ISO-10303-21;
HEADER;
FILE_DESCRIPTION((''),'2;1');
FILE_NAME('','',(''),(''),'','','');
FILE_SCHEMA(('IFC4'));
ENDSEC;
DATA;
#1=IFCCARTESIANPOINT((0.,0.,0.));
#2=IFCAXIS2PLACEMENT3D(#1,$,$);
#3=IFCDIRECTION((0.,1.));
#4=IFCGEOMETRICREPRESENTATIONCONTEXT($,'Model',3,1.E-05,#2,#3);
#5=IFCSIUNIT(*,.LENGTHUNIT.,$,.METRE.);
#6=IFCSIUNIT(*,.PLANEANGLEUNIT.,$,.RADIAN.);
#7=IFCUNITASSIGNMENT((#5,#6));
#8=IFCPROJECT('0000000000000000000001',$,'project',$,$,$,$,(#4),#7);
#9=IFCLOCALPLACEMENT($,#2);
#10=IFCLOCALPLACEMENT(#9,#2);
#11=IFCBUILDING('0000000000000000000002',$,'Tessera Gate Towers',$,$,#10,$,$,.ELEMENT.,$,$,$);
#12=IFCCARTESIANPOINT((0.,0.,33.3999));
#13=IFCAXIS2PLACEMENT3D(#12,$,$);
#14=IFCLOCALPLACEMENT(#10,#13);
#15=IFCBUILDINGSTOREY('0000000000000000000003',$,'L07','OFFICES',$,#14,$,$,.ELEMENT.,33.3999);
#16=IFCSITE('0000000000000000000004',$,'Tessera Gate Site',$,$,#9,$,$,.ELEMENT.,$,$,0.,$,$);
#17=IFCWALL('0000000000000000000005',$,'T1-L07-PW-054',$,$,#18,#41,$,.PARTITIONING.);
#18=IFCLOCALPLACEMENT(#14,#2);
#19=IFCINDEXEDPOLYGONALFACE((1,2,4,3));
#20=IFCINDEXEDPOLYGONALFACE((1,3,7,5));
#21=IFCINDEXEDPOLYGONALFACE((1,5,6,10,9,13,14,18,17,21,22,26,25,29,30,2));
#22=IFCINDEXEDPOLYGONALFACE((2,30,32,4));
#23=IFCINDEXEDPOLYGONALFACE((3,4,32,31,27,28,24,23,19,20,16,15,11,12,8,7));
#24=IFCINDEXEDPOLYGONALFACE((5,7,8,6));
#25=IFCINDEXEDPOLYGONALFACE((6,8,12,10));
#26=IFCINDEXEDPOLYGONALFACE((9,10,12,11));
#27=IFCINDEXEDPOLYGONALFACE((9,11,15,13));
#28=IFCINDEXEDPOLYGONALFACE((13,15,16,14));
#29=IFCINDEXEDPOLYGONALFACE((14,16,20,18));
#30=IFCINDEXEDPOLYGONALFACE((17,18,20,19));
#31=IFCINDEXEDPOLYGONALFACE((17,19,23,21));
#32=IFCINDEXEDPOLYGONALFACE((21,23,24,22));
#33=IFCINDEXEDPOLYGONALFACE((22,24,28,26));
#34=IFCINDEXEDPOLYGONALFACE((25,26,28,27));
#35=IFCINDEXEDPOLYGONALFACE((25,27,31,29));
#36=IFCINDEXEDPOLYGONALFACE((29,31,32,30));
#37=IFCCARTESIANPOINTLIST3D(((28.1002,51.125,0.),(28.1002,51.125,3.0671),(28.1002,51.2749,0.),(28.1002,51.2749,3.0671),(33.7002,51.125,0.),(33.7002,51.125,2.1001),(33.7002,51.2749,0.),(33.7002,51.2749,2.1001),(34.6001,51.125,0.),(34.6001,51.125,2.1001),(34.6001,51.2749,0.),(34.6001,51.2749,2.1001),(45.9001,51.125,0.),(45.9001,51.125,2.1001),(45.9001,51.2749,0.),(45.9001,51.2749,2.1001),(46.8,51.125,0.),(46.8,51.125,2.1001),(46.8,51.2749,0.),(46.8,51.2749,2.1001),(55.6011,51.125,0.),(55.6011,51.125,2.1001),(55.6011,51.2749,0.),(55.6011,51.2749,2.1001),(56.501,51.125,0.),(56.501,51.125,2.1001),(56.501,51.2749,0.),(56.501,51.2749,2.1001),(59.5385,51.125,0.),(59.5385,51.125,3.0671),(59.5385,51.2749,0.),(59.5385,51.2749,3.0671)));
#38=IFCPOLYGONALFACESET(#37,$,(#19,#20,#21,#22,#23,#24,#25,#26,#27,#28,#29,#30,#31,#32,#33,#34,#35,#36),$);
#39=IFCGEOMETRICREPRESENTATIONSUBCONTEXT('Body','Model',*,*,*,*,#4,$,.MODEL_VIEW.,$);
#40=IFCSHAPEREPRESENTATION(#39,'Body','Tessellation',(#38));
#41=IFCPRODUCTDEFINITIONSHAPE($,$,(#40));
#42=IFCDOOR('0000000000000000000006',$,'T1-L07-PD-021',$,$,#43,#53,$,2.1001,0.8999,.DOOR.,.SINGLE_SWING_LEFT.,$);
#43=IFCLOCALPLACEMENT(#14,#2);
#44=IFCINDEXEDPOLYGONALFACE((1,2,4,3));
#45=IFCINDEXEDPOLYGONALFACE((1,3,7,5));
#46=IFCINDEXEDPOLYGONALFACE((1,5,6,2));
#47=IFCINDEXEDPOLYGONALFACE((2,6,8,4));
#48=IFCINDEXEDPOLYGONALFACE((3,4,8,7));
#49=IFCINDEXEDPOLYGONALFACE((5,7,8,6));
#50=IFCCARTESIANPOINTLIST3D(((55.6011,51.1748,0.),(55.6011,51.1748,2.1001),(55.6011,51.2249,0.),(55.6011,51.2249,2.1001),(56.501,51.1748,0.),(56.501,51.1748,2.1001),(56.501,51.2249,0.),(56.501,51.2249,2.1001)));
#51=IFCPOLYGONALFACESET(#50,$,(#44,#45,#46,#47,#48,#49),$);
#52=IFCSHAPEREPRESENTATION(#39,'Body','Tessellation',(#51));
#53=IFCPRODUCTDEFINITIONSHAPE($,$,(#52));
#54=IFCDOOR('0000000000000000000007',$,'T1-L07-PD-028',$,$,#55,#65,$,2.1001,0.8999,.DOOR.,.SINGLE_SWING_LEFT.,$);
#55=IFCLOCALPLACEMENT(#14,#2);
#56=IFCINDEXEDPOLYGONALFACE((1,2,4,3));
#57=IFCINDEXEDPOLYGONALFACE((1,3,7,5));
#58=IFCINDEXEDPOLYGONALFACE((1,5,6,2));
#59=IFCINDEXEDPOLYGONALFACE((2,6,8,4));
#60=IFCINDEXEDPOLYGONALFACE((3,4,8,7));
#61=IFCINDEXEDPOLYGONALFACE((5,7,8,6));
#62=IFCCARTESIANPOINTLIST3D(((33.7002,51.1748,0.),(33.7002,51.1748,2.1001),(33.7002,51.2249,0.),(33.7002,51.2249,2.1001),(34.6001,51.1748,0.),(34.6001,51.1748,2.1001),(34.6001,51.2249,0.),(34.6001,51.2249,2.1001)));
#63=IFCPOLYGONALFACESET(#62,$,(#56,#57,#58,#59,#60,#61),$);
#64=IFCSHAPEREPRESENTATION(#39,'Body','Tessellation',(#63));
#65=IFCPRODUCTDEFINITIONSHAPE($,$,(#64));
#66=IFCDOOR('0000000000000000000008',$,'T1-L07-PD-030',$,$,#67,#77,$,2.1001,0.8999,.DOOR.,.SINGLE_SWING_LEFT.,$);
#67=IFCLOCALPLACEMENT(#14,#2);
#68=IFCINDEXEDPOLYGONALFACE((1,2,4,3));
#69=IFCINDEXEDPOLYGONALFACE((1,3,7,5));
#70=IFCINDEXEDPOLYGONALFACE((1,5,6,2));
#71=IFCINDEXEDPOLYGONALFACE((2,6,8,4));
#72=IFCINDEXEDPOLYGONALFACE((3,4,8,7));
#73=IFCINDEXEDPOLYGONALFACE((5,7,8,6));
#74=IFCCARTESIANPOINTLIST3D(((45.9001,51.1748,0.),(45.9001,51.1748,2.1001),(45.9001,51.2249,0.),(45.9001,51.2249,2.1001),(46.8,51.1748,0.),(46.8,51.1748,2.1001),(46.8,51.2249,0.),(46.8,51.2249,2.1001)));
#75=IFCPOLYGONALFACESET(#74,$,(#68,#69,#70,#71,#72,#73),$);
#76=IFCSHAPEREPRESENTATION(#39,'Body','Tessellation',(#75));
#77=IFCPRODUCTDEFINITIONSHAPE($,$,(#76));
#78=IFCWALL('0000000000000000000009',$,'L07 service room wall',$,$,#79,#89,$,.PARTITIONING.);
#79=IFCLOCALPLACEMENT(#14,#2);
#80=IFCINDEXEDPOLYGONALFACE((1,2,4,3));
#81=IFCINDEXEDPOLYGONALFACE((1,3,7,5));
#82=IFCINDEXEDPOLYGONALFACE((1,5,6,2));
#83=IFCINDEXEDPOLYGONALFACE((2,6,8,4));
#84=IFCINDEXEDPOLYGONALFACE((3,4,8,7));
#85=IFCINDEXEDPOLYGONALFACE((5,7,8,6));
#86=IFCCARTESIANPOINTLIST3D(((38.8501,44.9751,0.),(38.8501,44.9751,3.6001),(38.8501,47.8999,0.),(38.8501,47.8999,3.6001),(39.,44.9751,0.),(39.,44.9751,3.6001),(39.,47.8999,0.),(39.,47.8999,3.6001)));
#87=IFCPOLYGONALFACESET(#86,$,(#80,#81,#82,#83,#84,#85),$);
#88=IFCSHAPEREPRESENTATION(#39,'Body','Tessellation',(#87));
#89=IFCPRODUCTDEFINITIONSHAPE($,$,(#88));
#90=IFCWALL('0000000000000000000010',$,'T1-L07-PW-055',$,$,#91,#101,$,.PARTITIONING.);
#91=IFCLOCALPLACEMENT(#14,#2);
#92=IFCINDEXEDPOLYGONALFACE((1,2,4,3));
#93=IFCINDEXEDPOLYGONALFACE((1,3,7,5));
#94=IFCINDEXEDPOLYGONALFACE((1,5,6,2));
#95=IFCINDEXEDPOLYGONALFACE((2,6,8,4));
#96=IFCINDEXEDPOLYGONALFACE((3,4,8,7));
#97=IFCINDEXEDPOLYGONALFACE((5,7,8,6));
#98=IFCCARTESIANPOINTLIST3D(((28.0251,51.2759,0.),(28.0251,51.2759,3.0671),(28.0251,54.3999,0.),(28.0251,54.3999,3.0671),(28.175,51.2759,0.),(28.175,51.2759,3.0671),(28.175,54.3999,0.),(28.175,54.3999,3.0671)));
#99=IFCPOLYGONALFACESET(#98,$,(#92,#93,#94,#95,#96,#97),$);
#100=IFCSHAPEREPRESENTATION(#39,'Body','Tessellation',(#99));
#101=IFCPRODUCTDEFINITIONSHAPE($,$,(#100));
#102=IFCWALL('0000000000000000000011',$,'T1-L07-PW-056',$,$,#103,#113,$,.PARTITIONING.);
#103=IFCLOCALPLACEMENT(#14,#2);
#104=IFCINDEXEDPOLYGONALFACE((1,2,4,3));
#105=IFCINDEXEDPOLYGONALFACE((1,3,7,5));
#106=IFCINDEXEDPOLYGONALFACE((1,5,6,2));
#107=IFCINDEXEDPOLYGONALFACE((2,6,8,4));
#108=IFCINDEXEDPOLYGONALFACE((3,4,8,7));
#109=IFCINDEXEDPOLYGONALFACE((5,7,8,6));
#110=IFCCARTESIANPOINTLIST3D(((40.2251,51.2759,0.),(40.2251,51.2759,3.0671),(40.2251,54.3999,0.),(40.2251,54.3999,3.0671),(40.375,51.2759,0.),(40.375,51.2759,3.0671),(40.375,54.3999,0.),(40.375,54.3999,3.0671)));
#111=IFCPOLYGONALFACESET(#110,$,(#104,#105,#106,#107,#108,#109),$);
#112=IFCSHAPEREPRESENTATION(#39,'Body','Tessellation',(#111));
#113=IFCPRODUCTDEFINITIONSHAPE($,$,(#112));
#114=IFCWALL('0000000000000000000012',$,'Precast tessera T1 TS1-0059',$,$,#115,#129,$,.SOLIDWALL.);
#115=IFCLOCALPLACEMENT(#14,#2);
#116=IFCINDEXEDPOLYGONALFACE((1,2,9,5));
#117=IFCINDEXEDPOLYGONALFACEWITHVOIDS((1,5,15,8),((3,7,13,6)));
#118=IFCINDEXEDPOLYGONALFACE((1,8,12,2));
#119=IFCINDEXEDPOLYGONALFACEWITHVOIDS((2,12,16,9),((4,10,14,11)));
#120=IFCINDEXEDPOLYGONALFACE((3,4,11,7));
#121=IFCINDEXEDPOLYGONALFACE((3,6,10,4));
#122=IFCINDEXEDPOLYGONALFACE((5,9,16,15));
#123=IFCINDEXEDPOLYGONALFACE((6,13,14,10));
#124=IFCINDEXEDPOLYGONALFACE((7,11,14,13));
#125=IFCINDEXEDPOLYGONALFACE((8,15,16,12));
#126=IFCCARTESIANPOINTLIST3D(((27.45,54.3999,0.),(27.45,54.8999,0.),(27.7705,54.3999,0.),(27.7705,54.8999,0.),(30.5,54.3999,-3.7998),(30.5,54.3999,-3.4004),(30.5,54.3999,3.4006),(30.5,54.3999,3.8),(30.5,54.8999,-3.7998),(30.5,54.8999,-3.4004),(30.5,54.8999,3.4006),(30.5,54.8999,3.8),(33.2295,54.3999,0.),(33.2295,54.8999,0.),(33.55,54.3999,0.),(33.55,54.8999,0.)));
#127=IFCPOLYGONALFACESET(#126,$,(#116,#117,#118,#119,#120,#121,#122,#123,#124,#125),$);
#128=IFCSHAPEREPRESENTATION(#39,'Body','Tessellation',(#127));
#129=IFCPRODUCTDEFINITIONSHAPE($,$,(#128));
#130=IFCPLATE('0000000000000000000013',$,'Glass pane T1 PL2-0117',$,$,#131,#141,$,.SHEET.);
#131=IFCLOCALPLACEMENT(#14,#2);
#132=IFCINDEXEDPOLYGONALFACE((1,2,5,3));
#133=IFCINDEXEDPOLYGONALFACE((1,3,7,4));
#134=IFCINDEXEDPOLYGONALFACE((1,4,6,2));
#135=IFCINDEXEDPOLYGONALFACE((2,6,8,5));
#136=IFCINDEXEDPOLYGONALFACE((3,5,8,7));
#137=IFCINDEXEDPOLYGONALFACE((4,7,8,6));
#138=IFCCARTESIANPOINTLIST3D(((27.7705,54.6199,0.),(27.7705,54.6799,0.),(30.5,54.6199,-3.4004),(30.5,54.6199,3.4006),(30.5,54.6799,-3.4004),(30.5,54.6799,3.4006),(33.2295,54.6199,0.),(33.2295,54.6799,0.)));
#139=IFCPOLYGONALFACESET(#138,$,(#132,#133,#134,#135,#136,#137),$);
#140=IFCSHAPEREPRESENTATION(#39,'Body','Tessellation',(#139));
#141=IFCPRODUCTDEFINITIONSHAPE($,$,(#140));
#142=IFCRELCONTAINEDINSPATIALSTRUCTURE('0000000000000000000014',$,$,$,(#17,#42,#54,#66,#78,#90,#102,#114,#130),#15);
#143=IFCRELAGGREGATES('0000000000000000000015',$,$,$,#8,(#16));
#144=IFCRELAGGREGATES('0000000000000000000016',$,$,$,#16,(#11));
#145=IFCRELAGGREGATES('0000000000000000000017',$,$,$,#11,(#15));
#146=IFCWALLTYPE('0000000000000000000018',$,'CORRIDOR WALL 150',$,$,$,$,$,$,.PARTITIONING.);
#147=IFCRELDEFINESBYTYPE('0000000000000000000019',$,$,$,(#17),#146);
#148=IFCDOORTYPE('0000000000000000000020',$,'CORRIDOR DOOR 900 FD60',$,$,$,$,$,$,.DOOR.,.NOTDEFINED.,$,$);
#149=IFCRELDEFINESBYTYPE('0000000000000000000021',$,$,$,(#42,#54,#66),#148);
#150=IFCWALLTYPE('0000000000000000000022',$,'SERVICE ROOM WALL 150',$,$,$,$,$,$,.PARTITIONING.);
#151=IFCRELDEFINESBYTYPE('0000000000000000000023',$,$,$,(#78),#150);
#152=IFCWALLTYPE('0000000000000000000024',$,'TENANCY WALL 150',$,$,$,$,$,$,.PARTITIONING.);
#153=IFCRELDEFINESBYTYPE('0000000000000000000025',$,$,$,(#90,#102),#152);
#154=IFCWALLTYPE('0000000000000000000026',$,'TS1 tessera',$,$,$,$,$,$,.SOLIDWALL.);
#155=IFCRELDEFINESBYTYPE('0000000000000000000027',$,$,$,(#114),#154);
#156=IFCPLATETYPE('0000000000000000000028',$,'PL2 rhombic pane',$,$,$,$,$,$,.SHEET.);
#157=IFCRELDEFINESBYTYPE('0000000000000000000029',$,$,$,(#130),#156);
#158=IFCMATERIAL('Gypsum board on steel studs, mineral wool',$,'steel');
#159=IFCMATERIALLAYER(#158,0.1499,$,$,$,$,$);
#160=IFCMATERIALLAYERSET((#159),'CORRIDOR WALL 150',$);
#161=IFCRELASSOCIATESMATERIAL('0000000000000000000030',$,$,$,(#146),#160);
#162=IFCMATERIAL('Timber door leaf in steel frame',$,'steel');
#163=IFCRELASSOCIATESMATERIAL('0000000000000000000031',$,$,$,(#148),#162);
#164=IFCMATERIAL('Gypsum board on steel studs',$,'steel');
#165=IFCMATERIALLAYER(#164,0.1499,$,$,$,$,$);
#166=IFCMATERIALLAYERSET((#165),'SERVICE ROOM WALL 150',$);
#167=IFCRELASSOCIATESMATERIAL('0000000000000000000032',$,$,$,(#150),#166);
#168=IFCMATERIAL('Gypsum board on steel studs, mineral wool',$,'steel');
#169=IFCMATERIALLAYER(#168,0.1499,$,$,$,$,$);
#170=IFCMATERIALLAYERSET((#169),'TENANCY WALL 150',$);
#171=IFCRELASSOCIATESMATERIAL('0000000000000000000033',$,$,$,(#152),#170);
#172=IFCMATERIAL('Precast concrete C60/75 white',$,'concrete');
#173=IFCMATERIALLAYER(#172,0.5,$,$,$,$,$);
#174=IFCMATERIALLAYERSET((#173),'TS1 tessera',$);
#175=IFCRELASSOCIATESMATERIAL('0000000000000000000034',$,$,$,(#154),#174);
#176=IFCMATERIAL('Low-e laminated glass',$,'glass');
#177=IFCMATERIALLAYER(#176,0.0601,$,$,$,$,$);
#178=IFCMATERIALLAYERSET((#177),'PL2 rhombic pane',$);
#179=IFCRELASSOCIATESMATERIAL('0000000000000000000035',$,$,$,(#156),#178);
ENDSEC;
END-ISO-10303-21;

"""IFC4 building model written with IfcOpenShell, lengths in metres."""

from ifc_helpers import new_model, si_unit, direction, frame, frame_2d, origin, place, context, subcontext, project, spatial, polyline, rectangle, outline, extrude, source, transform, mapped, material, layer, layer_set, type_object, element, fill, save


model = new_model("IFC4")

# Units and contexts
model_context = context("Model", 3, precision=1e-05, world=origin(), true_north=direction((0.0, 1.0)))
body_context = subcontext(model_context, "Body", "Model", "MODEL_VIEW")
ifc_project = project(units=[si_unit("LENGTHUNIT", "METRE"), si_unit("PLANEANGLEUNIT", "RADIAN")], contexts=[model_context])

# Site, building, storey
site_placement = place(None, origin())
site = spatial("IfcSite", under=ifc_project, at=site_placement, Name="Tessera Gate Site", CompositionType="ELEMENT", RefElevation=0.0)
building_placement = place(site_placement, origin())
building = spatial("IfcBuilding", under=site, at=building_placement, Name="Tessera Gate Towers", CompositionType="ELEMENT")
storey_placement = place(building_placement, frame((0.0, 0.0, 33.3999)))
storey = spatial("IfcBuildingStorey", under=building, at=storey_placement, Name="L07", Description="OFFICES", CompositionType="ELEMENT", Elevation=33.3999)

# Shared definitions
ifc_material_1 = material(Name="Gypsum board on steel studs, mineral wool", Category="steel")
ifc_layer_1 = layer(ifc_material_1, 0.1499)
ifc_layer_set_1 = layer_set([ifc_layer_1], Name="CORRIDOR WALL 150")
wall_type_1 = type_object("IfcWallType", Name="CORRIDOR WALL 150", PredefinedType="PARTITIONING", material=ifc_layer_set_1)

# Wall, openings, doors
wall_1_placement = place(storey_placement, frame((28.1001, 51.2, 0.0), z_axis=(0.0, 0.0, 1.0), x_axis=(1.0, 0.0, 0.0)))
wall_1 = element("IfcWall", 1, at=wall_1_placement, inside=storey, type_object=wall_type_1, Name="T1-L07-PW-054", PredefinedType="PARTITIONING", context=body_context, shape_type="SweptSolid", body=[
    extrude(rectangle(XDim=31.4382, YDim=0.1499, at=frame_2d((15.7192, 0.0))), origin(), (0.0, 0.0, 1.0), 3.0671),
])
shared_shape_1 = source(origin(), body_context, "Body", "SweptSolid", [
    extrude(rectangle(XDim=0.8999, YDim=2.1001, at=frame_2d((0.45, 1.05))), frame((0.0, 0.085, 0.0), z_axis=(0.0, -1.0, 0.0), x_axis=(1.0, 0.0, 0.0)), (0.0, 0.0, 1.0), 0.1699),
])
opening_1_placement = place(wall_1_placement, frame((27.501, 0.0, 0.0)))
opening_1 = element("IfcOpeningElement", 2, at=opening_1_placement, cuts=wall_1, PredefinedType="OPENING", context=body_context, shape_type="MappedRepresentation", body=[
    mapped(shared_shape_1, transform((0.0, 0.0, 0.0), scale=1.0)),
])
opening_2_placement = place(wall_1_placement, frame((5.6001, 0.0, 0.0)))
opening_2 = element("IfcOpeningElement", 3, at=opening_2_placement, cuts=wall_1, PredefinedType="OPENING", context=body_context, shape_type="MappedRepresentation", body=[
    mapped(shared_shape_1, transform((0.0, 0.0, 0.0), scale=1.0)),
])
opening_3_placement = place(wall_1_placement, frame((17.8, 0.0, 0.0)))
opening_3 = element("IfcOpeningElement", 4, at=opening_3_placement, cuts=wall_1, PredefinedType="OPENING", context=body_context, shape_type="MappedRepresentation", body=[
    mapped(shared_shape_1, transform((0.0, 0.0, 0.0), scale=1.0)),
])
ifc_material_2 = material(Name="Timber door leaf in steel frame", Category="steel")
door_type_1 = type_object("IfcDoorType", Name="CORRIDOR DOOR 900 FD60", OperationType="NOTDEFINED", PredefinedType="DOOR", material=ifc_material_2)
shared_shape_2 = source(origin(), body_context, "Body", "SweptSolid", [
    extrude(rectangle(XDim=0.8999, YDim=2.1001, at=frame_2d((0.45, 1.05))), frame((0.0, 0.0249, 0.0), z_axis=(0.0, -1.0, 0.0), x_axis=(1.0, 0.0, 0.0)), (0.0, 0.0, 1.0), 0.05),
])
door_1_placement = place(opening_1_placement, origin())
door_1 = element("IfcDoor", 5, at=door_1_placement, inside=storey, type_object=door_type_1, Name="T1-L07-PD-021", OperationType="SINGLE_SWING_LEFT", OverallHeight=2.1001, OverallWidth=0.8999, PredefinedType="DOOR", context=body_context, shape_type="MappedRepresentation", body=[
    mapped(shared_shape_2, transform((0.0, 0.0, 0.0), scale=1.0)),
])
fill(opening_1, door_1)
door_2_placement = place(opening_2_placement, origin())
door_2 = element("IfcDoor", 6, at=door_2_placement, inside=storey, type_object=door_type_1, Name="T1-L07-PD-028", OperationType="SINGLE_SWING_LEFT", OverallHeight=2.1001, OverallWidth=0.8999, PredefinedType="DOOR", context=body_context, shape_type="MappedRepresentation", body=[
    mapped(shared_shape_2, transform((0.0, 0.0, 0.0), scale=1.0)),
])
fill(opening_2, door_2)
door_3_placement = place(opening_3_placement, origin())
door_3 = element("IfcDoor", 7, at=door_3_placement, inside=storey, type_object=door_type_1, Name="T1-L07-PD-030", OperationType="SINGLE_SWING_LEFT", OverallHeight=2.1001, OverallWidth=0.8999, PredefinedType="DOOR", context=body_context, shape_type="MappedRepresentation", body=[
    mapped(shared_shape_2, transform((0.0, 0.0, 0.0), scale=1.0)),
])
fill(opening_3, door_3)

# Walls
ifc_material_3 = material(Name="Gypsum board on steel studs", Category="steel")
ifc_layer_2 = layer(ifc_material_3, 0.1499)
ifc_layer_set_2 = layer_set([ifc_layer_2], Name="SERVICE ROOM WALL 150")
wall_type_2 = type_object("IfcWallType", Name="SERVICE ROOM WALL 150", PredefinedType="PARTITIONING", material=ifc_layer_set_2)
wall_2_placement = place(storey_placement, frame((38.925, 44.9751, 0.0), z_axis=(0.0, 0.0, 1.0), x_axis=(0.0, 1.0, 0.0)))
element("IfcWall", 8, at=wall_2_placement, inside=storey, type_object=wall_type_2, Name="L07 service room wall", PredefinedType="PARTITIONING", context=body_context, shape_type="SweptSolid", body=[
    extrude(rectangle(XDim=2.9248, YDim=0.1499, at=frame_2d((1.4624, 0.0))), origin(), (0.0, 0.0, 1.0), 3.6001),
])
ifc_material_4 = material(Name="Gypsum board on steel studs, mineral wool", Category="steel")
ifc_layer_3 = layer(ifc_material_4, 0.1499)
ifc_layer_set_3 = layer_set([ifc_layer_3], Name="TENANCY WALL 150")
wall_type_3 = type_object("IfcWallType", Name="TENANCY WALL 150", PredefinedType="PARTITIONING", material=ifc_layer_set_3)
for number, where, z_axis, x_axis, name in (
    (9, (28.1001, 51.2759, 0.0), (0.0, 0.0, 1.0), (0.0, 1.0, 0.0), "T1-L07-PW-055"),
    (10, (40.3, 51.2759, 0.0), (0.0, 0.0, 1.0), (0.0, 1.0, 0.0), "T1-L07-PW-056"),
):
    element("IfcWall", number, at=place(storey_placement, frame(where, z_axis=z_axis, x_axis=x_axis)), inside=storey, type_object=wall_type_3, Name=name, PredefinedType="PARTITIONING", context=body_context, shape_type="SweptSolid", body=[
        extrude(rectangle(XDim=3.124, YDim=0.1499, at=frame_2d((1.562, 0.0))), origin(), (0.0, 0.0, 1.0), 3.0671),
    ])

# Wall, opening, plate
ifc_material_5 = material(Name="Precast concrete C60/75 white", Category="concrete")
ifc_layer_4 = layer(ifc_material_5, 0.5)
ifc_layer_set_4 = layer_set([ifc_layer_4], Name="TS1 tessera")
wall_type_4 = type_object("IfcWallType", Name="TS1 tessera", PredefinedType="SOLIDWALL", material=ifc_layer_set_4)
shared_shape_3 = source(origin(), body_context, "Body", "SweptSolid", [
    extrude(outline(polyline([(3.05, 0.0), (6.1001, 3.7998), (3.05, 7.5999), (0.0, 3.7998), (3.05, 0.0)])), frame((0.0, 0.25, 0.0), z_axis=(0.0, -1.0, 0.0), x_axis=(1.0, 0.0, 0.0)), (0.0, 0.0, 1.0), 0.5),
])
wall_3_placement = place(storey_placement, frame((33.55, 54.6499, -3.7998), z_axis=(0.0, 0.0, 1.0), x_axis=(-1.0, 0.0, 0.0)))
wall_3 = element("IfcWall", 11, at=wall_3_placement, inside=storey, type_object=wall_type_4, Name="Precast tessera T1 TS1-0059", PredefinedType="SOLIDWALL", context=body_context, shape_type="MappedRepresentation", body=[
    mapped(shared_shape_3, transform((0.0, 0.0, 0.0), scale=1.0)),
])
shared_shape_4 = source(origin(), body_context, "Body", "SweptSolid", [
    extrude(outline(polyline([(3.05, 0.3994), (5.7795, 3.7998), (3.05, 7.2004), (0.3206, 3.7998), (3.05, 0.3994)])), frame((0.0, 0.26, 0.0), z_axis=(0.0, -1.0, 0.0), x_axis=(1.0, 0.0, 0.0)), (0.0, 0.0, 1.0), 0.52),
])
opening_4_placement = place(wall_3_placement, origin())
opening_4 = element("IfcOpeningElement", 12, at=opening_4_placement, cuts=wall_3, PredefinedType="OPENING", context=body_context, shape_type="MappedRepresentation", body=[
    mapped(shared_shape_4, transform((0.0, 0.0, 0.0), scale=1.0)),
])
ifc_material_6 = material(Name="Low-e laminated glass", Category="glass")
ifc_layer_5 = layer(ifc_material_6, 0.0601)
ifc_layer_set_5 = layer_set([ifc_layer_5], Name="PL2 rhombic pane")
plate_type = type_object("IfcPlateType", Name="PL2 rhombic pane", PredefinedType="SHEET", material=ifc_layer_set_5)
shared_shape_5 = source(origin(), body_context, "Body", "SweptSolid", [
    extrude(outline(polyline([(3.05, 0.3994), (5.7795, 3.7998), (3.05, 7.2004), (0.3206, 3.7998), (3.05, 0.3994)])), frame((0.0, 0.03, 0.0), z_axis=(0.0, -1.0, 0.0), x_axis=(1.0, 0.0, 0.0)), (0.0, 0.0, 1.0), 0.0601),
])
plate_placement = place(opening_4_placement, origin())
plate = element("IfcPlate", 13, at=plate_placement, inside=storey, type_object=plate_type, Name="Glass pane T1 PL2-0117", PredefinedType="SHEET", context=body_context, shape_type="MappedRepresentation", body=[
    mapped(shared_shape_5, transform((0.0, 0.0, 0.0), scale=1.0)),
])
fill(opening_4, plate)

save(model, "model.ifc")
